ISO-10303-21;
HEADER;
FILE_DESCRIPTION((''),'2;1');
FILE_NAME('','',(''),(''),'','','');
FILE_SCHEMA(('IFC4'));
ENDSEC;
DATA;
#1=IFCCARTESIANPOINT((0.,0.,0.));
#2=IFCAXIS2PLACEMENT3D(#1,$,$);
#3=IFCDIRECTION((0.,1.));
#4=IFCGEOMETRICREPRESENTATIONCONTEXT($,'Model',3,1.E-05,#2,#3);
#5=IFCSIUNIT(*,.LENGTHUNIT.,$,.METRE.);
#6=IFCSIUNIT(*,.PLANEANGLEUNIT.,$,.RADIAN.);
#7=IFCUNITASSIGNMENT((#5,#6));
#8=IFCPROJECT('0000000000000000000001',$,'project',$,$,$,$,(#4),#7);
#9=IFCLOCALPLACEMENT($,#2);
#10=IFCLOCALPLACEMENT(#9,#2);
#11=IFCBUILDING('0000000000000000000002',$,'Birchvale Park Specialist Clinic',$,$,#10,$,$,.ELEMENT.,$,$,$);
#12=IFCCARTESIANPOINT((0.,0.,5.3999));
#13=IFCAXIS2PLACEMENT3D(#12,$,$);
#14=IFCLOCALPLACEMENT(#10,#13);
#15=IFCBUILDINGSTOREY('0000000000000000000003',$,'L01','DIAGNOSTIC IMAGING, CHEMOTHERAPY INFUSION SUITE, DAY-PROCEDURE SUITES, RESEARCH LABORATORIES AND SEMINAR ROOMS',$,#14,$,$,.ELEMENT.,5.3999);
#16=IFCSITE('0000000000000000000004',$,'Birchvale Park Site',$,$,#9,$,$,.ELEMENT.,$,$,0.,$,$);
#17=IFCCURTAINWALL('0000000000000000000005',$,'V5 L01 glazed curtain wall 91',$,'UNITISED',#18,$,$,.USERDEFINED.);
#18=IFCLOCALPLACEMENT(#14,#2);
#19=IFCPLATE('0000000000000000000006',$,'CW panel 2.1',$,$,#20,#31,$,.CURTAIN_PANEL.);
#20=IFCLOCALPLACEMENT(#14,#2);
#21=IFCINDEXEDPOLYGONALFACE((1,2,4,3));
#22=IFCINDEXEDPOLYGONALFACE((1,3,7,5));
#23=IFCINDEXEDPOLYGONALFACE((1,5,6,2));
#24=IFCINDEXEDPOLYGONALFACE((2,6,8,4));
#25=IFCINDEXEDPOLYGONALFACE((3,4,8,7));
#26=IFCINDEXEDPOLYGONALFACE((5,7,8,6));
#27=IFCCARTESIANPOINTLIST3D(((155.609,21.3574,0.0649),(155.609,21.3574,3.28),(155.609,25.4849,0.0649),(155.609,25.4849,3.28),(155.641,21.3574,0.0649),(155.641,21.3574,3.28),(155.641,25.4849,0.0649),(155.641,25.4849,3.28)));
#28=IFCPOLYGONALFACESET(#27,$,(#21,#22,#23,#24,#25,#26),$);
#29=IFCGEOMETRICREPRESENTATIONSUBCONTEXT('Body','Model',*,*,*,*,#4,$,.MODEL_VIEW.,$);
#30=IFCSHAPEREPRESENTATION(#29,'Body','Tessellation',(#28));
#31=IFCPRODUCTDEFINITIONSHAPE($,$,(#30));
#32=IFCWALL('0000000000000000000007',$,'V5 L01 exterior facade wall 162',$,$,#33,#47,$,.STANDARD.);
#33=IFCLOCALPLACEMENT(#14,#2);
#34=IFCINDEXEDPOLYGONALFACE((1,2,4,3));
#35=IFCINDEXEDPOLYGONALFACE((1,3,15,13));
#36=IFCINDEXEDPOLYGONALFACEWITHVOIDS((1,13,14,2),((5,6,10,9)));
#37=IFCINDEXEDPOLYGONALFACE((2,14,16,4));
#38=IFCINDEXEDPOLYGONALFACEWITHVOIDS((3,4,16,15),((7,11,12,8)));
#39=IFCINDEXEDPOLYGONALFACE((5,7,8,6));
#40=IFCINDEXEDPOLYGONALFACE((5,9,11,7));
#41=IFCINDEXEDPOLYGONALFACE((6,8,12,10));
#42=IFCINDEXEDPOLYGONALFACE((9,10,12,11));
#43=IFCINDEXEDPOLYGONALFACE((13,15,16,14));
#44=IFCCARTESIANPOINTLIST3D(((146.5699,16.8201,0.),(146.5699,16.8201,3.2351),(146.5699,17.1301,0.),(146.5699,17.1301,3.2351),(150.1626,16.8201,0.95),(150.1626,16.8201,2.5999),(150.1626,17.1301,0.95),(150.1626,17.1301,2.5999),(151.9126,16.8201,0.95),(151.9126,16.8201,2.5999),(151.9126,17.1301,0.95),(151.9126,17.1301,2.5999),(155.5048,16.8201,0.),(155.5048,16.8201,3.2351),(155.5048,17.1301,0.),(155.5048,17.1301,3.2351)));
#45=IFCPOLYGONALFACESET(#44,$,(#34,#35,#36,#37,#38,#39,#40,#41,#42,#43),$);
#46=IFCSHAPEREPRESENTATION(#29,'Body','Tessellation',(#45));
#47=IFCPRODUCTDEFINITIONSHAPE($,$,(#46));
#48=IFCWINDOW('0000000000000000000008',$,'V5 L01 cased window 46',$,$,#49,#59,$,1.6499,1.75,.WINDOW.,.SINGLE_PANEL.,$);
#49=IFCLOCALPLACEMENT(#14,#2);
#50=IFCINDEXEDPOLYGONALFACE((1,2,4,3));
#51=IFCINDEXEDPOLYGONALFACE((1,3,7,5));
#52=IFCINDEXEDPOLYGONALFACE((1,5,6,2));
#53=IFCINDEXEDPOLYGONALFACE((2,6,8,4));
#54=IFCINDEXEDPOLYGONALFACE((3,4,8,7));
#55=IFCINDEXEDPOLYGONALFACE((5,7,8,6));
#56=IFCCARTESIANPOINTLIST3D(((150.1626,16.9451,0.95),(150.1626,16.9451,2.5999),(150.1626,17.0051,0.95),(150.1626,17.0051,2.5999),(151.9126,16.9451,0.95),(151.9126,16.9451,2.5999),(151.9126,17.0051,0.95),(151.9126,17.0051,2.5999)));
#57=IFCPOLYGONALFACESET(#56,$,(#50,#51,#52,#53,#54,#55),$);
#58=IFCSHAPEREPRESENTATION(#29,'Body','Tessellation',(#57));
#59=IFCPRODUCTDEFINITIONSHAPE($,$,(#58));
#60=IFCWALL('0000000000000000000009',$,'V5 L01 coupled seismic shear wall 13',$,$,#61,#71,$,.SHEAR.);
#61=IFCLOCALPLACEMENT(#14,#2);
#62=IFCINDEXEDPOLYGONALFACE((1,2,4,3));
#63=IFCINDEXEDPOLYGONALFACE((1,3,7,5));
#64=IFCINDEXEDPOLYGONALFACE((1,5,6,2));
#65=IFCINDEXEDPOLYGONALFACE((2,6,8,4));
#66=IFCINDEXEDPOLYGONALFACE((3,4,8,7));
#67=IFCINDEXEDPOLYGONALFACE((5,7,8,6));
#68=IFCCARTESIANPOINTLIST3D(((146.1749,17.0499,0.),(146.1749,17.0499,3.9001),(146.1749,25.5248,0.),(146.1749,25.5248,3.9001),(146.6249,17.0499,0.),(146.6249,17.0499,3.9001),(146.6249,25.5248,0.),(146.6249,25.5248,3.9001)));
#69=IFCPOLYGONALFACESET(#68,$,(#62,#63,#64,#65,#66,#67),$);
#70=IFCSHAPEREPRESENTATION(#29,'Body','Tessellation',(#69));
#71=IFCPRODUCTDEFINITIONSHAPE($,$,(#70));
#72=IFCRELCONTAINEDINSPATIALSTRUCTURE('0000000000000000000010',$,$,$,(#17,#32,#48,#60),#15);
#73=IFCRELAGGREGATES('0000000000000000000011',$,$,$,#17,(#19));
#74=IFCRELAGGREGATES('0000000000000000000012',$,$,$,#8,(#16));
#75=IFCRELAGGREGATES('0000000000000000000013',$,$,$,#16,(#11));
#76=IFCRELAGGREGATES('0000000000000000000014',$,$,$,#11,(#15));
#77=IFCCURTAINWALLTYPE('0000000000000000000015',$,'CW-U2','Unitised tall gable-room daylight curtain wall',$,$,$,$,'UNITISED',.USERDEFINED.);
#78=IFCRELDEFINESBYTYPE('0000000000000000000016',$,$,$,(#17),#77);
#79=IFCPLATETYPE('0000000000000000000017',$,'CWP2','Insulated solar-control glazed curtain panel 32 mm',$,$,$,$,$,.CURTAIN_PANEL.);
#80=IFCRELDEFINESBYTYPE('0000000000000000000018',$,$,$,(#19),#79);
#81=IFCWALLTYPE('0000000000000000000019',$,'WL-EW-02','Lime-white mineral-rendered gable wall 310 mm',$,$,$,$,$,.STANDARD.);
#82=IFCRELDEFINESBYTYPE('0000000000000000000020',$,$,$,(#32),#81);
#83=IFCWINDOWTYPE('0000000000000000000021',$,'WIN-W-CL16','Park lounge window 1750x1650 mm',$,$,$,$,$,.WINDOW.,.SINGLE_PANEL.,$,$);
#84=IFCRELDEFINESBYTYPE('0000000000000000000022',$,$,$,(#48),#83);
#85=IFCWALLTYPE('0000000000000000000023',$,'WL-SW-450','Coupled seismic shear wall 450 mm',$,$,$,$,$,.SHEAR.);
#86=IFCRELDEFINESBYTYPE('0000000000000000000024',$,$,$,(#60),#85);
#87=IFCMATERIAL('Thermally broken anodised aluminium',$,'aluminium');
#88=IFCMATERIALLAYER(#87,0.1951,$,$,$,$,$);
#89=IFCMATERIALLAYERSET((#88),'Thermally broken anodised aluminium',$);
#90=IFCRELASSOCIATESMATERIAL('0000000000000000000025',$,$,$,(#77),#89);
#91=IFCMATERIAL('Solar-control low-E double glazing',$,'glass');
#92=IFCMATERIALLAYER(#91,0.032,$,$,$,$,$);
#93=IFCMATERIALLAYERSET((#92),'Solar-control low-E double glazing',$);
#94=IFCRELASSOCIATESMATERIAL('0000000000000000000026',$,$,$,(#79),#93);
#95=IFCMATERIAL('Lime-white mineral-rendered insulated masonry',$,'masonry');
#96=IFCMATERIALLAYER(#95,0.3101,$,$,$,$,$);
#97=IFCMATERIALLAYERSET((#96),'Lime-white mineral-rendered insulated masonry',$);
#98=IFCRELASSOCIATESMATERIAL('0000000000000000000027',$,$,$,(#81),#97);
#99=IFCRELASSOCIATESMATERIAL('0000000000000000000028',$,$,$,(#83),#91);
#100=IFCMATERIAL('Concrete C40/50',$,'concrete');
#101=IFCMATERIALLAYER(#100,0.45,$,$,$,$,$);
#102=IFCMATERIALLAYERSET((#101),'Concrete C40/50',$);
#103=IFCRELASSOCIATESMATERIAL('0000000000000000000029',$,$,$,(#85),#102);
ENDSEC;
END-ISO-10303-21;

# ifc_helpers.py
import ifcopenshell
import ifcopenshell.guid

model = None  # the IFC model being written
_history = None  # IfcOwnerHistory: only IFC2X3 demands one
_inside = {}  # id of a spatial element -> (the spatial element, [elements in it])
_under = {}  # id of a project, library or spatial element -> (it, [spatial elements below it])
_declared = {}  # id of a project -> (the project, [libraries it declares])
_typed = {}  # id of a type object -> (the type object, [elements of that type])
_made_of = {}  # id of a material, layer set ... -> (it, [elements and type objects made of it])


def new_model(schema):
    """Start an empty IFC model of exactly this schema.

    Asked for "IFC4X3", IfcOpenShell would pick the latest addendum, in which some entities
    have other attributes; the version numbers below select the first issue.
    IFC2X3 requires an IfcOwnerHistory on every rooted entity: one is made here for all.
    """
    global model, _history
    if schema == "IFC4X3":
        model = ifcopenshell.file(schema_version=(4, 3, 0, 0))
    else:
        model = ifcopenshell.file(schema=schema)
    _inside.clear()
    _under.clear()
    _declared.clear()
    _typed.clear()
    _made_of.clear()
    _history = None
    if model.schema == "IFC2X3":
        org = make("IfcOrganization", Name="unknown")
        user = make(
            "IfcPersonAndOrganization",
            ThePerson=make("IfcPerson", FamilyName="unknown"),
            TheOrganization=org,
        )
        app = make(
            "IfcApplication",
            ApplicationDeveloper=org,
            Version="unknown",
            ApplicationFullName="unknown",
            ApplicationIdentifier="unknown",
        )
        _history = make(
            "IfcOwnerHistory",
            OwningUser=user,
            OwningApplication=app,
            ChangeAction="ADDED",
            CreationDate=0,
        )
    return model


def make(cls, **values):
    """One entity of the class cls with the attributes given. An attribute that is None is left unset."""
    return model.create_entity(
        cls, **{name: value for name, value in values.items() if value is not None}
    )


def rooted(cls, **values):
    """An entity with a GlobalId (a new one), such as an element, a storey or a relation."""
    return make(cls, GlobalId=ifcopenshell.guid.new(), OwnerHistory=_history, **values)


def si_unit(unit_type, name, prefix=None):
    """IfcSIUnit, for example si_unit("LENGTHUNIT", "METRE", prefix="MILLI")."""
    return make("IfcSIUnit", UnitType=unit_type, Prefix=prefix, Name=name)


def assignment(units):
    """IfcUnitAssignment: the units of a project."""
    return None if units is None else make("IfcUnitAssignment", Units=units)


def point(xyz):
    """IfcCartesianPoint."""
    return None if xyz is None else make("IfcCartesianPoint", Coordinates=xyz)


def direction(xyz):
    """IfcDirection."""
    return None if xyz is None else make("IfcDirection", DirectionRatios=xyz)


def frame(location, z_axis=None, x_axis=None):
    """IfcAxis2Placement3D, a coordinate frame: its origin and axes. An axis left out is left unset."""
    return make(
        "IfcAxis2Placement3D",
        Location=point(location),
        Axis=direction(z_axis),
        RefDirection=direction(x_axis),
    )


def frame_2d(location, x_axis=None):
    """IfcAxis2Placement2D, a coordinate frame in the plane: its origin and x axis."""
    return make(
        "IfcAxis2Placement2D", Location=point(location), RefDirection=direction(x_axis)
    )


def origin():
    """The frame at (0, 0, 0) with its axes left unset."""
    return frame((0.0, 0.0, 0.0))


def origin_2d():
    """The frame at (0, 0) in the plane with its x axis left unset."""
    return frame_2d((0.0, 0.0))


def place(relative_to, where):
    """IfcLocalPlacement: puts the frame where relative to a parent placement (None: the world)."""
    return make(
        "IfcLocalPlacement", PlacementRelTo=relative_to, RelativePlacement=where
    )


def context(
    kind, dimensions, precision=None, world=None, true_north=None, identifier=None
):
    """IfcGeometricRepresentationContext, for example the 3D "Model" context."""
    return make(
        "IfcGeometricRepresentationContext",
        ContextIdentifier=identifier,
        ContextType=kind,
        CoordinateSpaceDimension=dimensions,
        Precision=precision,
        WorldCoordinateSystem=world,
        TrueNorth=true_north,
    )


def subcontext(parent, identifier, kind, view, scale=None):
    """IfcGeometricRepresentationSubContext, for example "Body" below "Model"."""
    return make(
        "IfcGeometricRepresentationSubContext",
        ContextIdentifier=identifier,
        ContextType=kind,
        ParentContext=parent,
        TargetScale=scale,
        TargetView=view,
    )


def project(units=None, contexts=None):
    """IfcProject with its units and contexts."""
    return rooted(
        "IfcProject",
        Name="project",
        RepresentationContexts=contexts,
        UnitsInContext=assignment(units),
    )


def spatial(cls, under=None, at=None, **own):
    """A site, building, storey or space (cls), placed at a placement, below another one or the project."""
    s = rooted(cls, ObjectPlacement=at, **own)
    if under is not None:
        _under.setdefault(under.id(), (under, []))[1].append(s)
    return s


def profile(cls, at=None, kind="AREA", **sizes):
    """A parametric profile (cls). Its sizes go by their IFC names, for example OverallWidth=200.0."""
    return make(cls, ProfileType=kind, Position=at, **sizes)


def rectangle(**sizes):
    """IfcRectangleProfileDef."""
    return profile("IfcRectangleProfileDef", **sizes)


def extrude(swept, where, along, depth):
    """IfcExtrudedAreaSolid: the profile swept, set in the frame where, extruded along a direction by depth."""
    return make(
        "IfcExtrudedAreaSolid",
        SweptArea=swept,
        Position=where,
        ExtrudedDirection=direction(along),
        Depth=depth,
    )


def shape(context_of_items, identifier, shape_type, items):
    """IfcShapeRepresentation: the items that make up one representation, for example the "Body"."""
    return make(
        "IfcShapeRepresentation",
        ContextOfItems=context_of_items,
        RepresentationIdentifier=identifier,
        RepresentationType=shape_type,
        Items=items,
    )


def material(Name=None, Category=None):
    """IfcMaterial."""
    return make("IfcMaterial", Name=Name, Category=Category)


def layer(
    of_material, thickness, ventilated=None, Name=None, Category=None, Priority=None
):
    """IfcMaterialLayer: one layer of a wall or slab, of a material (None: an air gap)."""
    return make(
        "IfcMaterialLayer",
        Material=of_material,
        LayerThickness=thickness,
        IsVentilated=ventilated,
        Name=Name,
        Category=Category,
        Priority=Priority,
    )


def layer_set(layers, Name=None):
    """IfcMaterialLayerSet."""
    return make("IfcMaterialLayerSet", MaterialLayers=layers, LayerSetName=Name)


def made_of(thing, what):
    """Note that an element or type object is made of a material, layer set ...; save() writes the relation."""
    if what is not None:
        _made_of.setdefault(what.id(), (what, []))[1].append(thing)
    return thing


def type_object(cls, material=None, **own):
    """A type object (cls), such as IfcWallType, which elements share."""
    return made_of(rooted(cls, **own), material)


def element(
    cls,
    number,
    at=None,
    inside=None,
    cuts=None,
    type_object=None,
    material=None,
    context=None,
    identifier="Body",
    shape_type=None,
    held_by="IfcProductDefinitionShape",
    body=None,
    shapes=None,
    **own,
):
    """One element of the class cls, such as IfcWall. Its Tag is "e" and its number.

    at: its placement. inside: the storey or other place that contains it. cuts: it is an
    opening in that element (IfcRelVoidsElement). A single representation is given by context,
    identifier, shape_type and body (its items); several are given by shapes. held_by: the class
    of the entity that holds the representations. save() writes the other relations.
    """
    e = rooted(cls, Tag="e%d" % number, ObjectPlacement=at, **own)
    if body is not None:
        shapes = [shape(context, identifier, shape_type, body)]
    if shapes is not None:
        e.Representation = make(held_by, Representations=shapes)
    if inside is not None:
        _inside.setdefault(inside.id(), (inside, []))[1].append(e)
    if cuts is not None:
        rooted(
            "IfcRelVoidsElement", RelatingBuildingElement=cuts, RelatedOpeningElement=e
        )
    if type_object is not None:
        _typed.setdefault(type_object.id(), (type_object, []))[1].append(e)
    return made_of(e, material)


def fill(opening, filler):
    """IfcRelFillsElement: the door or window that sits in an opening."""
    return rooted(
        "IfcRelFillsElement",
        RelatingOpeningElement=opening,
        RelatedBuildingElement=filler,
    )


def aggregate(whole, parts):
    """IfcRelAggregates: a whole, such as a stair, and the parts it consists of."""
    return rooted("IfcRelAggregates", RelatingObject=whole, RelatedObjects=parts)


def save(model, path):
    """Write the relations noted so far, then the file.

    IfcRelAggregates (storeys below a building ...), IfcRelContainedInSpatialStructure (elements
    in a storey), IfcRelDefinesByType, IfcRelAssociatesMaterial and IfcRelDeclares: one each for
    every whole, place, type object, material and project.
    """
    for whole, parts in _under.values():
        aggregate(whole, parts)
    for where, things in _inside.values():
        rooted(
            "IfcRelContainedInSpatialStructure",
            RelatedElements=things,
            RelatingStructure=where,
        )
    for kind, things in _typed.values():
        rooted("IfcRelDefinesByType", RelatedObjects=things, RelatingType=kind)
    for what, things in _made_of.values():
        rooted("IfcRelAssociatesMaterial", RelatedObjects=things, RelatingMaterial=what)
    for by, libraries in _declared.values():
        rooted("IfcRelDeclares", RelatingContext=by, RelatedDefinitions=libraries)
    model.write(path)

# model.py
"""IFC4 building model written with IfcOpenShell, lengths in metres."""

from ifc_helpers import new_model, si_unit, direction, frame, frame_2d, origin, origin_2d, place, context, subcontext, project, spatial, rectangle, extrude, material, layer, layer_set, type_object, element, fill, aggregate, save


model = new_model("IFC4")

# Units and contexts
model_context = context("Model", 3, precision=1e-05, world=origin(), true_north=direction((0.0, 1.0)))
body_context = subcontext(model_context, "Body", "Model", "MODEL_VIEW")
ifc_project = project(units=[si_unit("LENGTHUNIT", "METRE"), si_unit("PLANEANGLEUNIT", "RADIAN")], contexts=[model_context])

# Site, building, storey
site_placement = place(None, origin())
site = spatial("IfcSite", under=ifc_project, at=site_placement, Name="Birchvale Park Site", CompositionType="ELEMENT", RefElevation=0.0)
building_placement = place(site_placement, origin())
building = spatial("IfcBuilding", under=site, at=building_placement, Name="Birchvale Park Specialist Clinic", CompositionType="ELEMENT")
storey_placement = place(building_placement, frame((0.0, 0.0, 5.3999)))
storey = spatial("IfcBuildingStorey", under=building, at=storey_placement, Name="L01", Description="DIAGNOSTIC IMAGING, CHEMOTHERAPY INFUSION SUITE, DAY-PROCEDURE SUITES, RESEARCH LABORATORIES AND SEMINAR ROOMS", CompositionType="ELEMENT", Elevation=5.3999)

# Shared definitions
ifc_material_1 = material(Name="Concrete C40/50", Category="concrete")

# Curtain wall
ifc_material_2 = material(Name="Thermally broken anodised aluminium", Category="aluminium")
ifc_layer_1 = layer(ifc_material_2, 0.1951)
ifc_layer_set_1 = layer_set([ifc_layer_1], Name="Thermally broken anodised aluminium")
curtain_wall_type = type_object("IfcCurtainWallType", Name="CW-U2", Description="Unitised tall gable-room daylight curtain wall", ElementType="UNITISED", PredefinedType="USERDEFINED", material=ifc_layer_set_1)
curtain_wall_placement = place(storey_placement, origin())
curtain_wall = element("IfcCurtainWall", 1, at=curtain_wall_placement, inside=storey, type_object=curtain_wall_type, Name="V5 L01 glazed curtain wall 91", ObjectType="UNITISED", PredefinedType="USERDEFINED")

# Plate
ifc_material_3 = material(Name="Solar-control low-E double glazing", Category="glass")
ifc_layer_2 = layer(ifc_material_3, 0.032)
ifc_layer_set_2 = layer_set([ifc_layer_2], Name="Solar-control low-E double glazing")
plate_type = type_object("IfcPlateType", Name="CWP2", Description="Insulated solar-control glazed curtain panel 32 mm", PredefinedType="CURTAIN_PANEL", material=ifc_layer_set_2)
plate_1_placement = place(storey_placement, frame((155.625, 23.4211, 0.0649), z_axis=(0.0, 0.0, 1.0), x_axis=(0.0, 1.0, 0.0)))
plate_1 = element("IfcPlate", 2, at=plate_1_placement, type_object=plate_type, Name="CW panel 2.1", PredefinedType="CURTAIN_PANEL", context=body_context, shape_type="SweptSolid", body=[
    extrude(rectangle(XDim=4.1274, YDim=0.032, at=origin_2d()), origin(), (0.0, 0.0, 1.0), 3.2151),
])
aggregate(curtain_wall, [plate_1])

# Wall, opening, window
ifc_material_4 = material(Name="Lime-white mineral-rendered insulated masonry", Category="masonry")
ifc_layer_3 = layer(ifc_material_4, 0.3101)
ifc_layer_set_3 = layer_set([ifc_layer_3], Name="Lime-white mineral-rendered insulated masonry")
wall_type_1 = type_object("IfcWallType", Name="WL-EW-02", Description="Lime-white mineral-rendered gable wall 310 mm", PredefinedType="STANDARD", material=ifc_layer_set_3)
wall_1_placement = place(storey_placement, frame((146.5701, 16.9751, 0.0), z_axis=(0.0, 0.0, 1.0), x_axis=(1.0, 0.0, 0.0)))
wall_1 = element("IfcWall", 3, at=wall_1_placement, inside=storey, type_object=wall_type_1, Name="V5 L01 exterior facade wall 162", PredefinedType="STANDARD", context=body_context, shape_type="SweptSolid", body=[
    extrude(rectangle(XDim=8.9348, YDim=0.3101, at=frame_2d((4.4673, 0.0))), origin(), (0.0, 0.0, 1.0), 3.2351),
])
opening_placement = place(wall_1_placement, frame((3.5925, 0.0, 0.95)))
opening = element("IfcOpeningElement", 4, at=opening_placement, cuts=wall_1, PredefinedType="OPENING", context=body_context, shape_type="SweptSolid", body=[
    extrude(rectangle(XDim=1.75, YDim=1.6499, at=frame_2d((0.875, 0.825))), frame((0.0, 0.165, 0.0), z_axis=(0.0, -1.0, 0.0), x_axis=(1.0, 0.0, 0.0)), (0.0, 0.0, 1.0), 0.3301),
])
window_type = type_object("IfcWindowType", Name="WIN-W-CL16", Description="Park lounge window 1750x1650 mm", PartitioningType="SINGLE_PANEL", PredefinedType="WINDOW", material=ifc_material_3)
window_placement = place(opening_placement, origin())
window = element("IfcWindow", 5, at=window_placement, inside=storey, type_object=window_type, Name="V5 L01 cased window 46", OverallHeight=1.6499, OverallWidth=1.75, PartitioningType="SINGLE_PANEL", PredefinedType="WINDOW", context=body_context, shape_type="SweptSolid", body=[
    extrude(rectangle(XDim=1.75, YDim=1.6499, at=frame_2d((0.875, 0.825))), frame((0.0, 0.03, 0.0), z_axis=(0.0, -1.0, 0.0), x_axis=(1.0, 0.0, 0.0)), (0.0, 0.0, 1.0), 0.0601),
])
fill(opening, window)

# Wall
ifc_layer_4 = layer(ifc_material_1, 0.45)
ifc_layer_set_4 = layer_set([ifc_layer_4], Name="Concrete C40/50")
wall_type_2 = type_object("IfcWallType", Name="WL-SW-450", Description="Coupled seismic shear wall 450 mm", PredefinedType="SHEAR", material=ifc_layer_set_4)
wall_2_placement = place(storey_placement, frame((146.3999, 17.05, 0.0), z_axis=(0.0, 0.0, 1.0), x_axis=(0.0, 1.0, 0.0)))
element("IfcWall", 6, at=wall_2_placement, inside=storey, type_object=wall_type_2, Name="V5 L01 coupled seismic shear wall 13", PredefinedType="SHEAR", context=body_context, shape_type="SweptSolid", body=[
    extrude(rectangle(XDim=8.4749, YDim=0.45, at=frame_2d((4.2373, 0.0))), origin(), (0.0, 0.0, 1.0), 3.9001),
])

save(model, "model.ifc")
